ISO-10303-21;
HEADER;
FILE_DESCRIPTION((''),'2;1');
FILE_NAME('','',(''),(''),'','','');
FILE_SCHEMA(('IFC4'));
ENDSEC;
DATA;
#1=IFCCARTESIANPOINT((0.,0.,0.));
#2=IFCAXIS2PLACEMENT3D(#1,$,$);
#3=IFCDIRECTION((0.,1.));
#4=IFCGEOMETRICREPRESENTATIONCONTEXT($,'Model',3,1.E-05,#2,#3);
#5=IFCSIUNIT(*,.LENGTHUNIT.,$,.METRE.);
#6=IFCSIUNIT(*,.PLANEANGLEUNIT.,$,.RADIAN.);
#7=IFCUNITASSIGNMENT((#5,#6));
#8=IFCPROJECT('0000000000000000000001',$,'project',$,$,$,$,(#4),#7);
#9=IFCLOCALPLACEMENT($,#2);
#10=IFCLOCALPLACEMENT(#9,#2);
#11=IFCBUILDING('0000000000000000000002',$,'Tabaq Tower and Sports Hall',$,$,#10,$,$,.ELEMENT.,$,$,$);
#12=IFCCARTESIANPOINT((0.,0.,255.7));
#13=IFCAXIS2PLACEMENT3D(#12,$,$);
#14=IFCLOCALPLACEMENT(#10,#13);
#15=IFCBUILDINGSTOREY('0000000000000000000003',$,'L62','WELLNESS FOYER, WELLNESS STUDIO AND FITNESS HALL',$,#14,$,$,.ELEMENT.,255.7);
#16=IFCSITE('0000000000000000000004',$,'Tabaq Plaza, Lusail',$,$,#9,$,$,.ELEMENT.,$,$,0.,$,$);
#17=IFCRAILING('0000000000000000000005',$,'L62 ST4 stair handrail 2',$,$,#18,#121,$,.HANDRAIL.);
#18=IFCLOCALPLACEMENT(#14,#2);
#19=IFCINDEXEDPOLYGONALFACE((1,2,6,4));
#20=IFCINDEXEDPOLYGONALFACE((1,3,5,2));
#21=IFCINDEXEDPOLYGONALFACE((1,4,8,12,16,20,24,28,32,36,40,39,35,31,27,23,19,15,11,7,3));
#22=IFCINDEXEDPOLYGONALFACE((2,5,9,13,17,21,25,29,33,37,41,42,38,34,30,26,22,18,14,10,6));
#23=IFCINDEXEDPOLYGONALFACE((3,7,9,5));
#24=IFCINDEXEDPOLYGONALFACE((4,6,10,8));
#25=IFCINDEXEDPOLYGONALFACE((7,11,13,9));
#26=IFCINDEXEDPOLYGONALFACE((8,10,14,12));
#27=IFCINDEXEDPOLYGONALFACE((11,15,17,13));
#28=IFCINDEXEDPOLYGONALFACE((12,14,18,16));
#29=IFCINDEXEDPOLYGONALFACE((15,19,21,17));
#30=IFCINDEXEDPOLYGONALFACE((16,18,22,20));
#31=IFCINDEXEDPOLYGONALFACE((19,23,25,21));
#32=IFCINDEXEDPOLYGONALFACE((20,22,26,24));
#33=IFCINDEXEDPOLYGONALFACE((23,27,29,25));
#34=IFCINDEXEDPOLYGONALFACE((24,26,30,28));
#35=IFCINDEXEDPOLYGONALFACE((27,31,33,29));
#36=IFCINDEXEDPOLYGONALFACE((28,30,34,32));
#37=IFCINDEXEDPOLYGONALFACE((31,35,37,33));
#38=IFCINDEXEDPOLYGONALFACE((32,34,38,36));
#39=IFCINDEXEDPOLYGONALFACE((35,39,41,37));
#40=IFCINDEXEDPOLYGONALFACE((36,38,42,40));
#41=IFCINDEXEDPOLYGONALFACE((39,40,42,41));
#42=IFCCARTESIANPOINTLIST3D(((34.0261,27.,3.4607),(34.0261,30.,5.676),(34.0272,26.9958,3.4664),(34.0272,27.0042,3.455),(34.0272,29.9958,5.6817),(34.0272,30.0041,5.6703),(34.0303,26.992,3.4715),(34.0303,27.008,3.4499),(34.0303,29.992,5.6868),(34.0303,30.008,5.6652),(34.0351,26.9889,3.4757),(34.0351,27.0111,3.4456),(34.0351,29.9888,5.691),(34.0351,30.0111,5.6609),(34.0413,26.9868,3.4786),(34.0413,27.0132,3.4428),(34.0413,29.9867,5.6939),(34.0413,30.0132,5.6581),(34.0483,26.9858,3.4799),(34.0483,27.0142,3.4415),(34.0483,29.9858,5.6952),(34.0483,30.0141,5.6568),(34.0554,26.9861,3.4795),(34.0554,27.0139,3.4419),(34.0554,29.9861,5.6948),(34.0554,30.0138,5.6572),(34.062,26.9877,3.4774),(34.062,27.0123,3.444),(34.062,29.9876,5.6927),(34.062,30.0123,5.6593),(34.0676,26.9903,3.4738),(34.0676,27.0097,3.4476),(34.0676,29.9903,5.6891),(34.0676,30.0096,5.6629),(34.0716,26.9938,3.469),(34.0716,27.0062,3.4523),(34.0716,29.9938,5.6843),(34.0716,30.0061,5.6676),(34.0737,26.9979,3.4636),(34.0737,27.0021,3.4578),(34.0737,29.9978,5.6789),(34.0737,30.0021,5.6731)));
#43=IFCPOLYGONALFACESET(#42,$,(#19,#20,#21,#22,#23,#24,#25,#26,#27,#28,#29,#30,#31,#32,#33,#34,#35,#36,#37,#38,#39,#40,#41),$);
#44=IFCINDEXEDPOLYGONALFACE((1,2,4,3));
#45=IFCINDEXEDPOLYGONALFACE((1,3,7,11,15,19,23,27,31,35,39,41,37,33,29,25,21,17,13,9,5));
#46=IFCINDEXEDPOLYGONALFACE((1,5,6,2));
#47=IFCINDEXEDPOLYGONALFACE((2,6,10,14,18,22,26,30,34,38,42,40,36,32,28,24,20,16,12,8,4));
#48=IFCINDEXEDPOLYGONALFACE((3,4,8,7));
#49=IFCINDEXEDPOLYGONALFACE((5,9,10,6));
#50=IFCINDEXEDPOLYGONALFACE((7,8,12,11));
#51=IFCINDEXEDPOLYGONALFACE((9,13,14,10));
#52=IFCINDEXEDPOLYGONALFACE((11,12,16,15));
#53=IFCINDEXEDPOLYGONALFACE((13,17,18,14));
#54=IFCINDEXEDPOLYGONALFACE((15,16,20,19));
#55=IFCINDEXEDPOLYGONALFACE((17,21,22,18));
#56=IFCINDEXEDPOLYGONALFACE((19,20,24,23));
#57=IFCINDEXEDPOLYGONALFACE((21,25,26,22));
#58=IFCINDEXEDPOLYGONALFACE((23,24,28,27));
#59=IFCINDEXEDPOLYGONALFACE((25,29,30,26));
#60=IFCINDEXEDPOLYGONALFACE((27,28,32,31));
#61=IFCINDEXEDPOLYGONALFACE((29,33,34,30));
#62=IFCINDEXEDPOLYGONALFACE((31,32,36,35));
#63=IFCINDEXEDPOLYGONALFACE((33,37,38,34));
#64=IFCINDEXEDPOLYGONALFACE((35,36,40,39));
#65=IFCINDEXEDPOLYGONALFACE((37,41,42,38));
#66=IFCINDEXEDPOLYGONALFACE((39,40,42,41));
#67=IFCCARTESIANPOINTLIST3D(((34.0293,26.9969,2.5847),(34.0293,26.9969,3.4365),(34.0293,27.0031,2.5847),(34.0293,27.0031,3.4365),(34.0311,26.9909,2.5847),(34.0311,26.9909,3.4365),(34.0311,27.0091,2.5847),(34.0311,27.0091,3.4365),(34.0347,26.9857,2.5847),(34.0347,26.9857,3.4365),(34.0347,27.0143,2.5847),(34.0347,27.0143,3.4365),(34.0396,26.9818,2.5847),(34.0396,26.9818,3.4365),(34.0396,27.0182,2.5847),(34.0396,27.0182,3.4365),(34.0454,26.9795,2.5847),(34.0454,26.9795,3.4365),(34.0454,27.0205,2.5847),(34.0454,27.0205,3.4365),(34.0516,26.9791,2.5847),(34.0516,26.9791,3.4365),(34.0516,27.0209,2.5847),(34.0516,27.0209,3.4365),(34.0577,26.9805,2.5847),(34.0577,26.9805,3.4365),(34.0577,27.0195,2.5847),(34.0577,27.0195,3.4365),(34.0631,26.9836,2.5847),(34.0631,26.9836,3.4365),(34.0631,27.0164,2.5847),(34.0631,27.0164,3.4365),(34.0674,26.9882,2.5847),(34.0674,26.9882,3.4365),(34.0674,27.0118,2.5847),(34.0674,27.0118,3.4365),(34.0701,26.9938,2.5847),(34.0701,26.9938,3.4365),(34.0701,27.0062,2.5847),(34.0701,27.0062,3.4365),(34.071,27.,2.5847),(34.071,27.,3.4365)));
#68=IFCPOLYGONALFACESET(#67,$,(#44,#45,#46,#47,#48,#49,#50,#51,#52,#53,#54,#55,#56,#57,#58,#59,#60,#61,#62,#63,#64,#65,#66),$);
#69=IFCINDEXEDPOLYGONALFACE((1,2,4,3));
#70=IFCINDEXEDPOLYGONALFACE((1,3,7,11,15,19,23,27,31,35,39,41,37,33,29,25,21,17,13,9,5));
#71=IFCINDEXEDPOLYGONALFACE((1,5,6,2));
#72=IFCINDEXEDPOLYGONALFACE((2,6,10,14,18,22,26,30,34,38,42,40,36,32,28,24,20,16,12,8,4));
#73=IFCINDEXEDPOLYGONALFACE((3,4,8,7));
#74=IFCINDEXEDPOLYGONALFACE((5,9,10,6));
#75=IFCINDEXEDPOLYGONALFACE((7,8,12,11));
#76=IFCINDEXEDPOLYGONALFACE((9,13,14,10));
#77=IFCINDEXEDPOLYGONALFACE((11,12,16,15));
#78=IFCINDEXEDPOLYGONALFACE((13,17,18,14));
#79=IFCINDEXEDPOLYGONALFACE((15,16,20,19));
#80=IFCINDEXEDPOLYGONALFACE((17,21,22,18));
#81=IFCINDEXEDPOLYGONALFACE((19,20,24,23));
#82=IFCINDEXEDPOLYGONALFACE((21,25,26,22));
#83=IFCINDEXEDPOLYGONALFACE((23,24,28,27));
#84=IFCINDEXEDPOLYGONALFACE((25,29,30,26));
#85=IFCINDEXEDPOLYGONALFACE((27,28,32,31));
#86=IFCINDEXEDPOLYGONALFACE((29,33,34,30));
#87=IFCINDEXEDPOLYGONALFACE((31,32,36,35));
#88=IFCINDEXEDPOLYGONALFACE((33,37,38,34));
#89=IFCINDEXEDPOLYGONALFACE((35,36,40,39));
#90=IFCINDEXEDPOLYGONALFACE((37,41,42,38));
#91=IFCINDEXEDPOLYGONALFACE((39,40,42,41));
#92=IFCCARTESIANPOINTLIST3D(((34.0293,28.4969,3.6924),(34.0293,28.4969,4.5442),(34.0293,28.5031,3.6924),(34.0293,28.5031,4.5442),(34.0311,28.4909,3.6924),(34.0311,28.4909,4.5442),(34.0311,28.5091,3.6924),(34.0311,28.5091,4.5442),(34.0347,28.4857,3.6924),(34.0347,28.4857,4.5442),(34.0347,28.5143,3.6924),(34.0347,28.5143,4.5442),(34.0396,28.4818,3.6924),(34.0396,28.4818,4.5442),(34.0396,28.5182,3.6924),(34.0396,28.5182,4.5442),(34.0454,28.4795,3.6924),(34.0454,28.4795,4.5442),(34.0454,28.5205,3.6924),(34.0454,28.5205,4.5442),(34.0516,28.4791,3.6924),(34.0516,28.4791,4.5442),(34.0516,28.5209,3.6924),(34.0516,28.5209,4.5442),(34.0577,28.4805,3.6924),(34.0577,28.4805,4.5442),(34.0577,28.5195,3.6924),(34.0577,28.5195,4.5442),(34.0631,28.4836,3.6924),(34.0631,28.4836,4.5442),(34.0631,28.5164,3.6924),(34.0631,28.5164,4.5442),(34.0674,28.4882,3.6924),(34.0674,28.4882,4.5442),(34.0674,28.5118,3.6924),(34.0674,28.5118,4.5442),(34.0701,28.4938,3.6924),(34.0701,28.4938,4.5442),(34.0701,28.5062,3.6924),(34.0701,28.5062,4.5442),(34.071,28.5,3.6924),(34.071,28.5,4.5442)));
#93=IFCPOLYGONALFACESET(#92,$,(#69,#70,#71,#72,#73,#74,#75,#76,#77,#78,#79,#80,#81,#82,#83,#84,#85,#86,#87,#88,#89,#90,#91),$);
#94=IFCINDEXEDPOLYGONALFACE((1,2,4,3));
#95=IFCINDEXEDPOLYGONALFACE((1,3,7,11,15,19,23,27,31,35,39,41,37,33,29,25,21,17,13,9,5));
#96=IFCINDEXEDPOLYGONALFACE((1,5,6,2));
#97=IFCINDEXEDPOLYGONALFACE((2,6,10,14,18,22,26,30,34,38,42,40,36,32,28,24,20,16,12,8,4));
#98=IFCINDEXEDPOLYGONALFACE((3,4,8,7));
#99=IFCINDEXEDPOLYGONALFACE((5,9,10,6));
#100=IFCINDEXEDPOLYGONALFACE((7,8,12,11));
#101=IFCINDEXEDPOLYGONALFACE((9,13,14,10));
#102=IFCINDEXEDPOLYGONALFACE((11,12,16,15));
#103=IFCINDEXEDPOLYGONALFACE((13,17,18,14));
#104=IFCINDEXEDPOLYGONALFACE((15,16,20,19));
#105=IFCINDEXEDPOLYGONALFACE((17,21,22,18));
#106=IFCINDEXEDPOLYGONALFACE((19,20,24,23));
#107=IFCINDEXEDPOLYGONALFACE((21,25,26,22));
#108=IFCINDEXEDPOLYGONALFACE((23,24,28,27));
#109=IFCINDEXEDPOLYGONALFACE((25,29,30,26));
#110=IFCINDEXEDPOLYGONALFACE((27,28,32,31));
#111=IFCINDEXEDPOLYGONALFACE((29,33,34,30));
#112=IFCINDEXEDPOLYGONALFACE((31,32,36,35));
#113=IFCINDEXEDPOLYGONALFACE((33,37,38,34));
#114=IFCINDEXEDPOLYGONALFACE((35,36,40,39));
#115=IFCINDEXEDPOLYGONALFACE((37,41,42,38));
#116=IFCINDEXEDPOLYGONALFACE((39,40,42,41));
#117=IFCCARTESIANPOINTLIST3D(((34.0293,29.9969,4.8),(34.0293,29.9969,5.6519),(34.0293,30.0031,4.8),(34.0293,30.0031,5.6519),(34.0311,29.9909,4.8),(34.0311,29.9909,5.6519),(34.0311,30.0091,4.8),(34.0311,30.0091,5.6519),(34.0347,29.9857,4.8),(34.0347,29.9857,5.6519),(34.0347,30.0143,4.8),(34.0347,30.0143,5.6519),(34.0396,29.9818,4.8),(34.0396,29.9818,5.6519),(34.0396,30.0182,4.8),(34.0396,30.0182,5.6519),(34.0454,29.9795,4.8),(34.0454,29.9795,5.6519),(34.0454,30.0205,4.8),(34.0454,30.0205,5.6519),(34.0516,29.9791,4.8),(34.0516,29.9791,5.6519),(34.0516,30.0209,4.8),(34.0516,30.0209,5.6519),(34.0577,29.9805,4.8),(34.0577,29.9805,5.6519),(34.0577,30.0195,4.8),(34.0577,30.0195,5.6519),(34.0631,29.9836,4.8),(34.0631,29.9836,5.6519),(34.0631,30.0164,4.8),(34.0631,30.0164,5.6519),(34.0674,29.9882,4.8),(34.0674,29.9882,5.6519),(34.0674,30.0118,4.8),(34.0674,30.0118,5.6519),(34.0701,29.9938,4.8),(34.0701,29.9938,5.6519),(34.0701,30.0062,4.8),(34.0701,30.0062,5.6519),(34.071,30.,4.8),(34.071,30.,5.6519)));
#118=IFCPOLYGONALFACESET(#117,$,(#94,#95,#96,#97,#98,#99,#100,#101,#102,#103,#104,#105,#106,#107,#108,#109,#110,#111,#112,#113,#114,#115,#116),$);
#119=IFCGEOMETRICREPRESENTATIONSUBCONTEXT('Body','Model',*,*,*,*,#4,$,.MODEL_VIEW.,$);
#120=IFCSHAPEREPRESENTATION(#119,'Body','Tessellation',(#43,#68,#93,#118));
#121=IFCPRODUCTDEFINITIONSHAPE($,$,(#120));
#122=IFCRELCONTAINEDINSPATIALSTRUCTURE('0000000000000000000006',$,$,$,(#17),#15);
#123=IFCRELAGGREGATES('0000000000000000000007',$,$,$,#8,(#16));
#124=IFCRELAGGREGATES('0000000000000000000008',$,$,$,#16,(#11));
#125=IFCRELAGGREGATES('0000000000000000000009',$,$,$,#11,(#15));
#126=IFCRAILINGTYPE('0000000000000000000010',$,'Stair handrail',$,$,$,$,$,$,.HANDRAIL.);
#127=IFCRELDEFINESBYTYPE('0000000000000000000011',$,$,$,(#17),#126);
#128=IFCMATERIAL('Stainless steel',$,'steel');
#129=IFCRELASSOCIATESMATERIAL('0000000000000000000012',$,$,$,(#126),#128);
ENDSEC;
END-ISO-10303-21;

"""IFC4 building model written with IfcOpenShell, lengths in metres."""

from ifc_helpers import new_model, si_unit, direction, frame, origin, origin_2d, place, context, subcontext, project, spatial, circle, extrude, material, type_object, element, save


model = new_model("IFC4")

# Units and contexts
model_context = context("Model", 3, precision=1e-05, world=origin(), true_north=direction((0.0, 1.0)))
body_context = subcontext(model_context, "Body", "Model", "MODEL_VIEW")
ifc_project = project(units=[si_unit("LENGTHUNIT", "METRE"), si_unit("PLANEANGLEUNIT", "RADIAN")], contexts=[model_context])

# Site, building, storey
site_placement = place(None, origin())
site = spatial("IfcSite", under=ifc_project, at=site_placement, Name="Tabaq Plaza, Lusail", CompositionType="ELEMENT", RefElevation=0.0)
building_placement = place(site_placement, origin())
building = spatial("IfcBuilding", under=site, at=building_placement, Name="Tabaq Tower and Sports Hall", CompositionType="ELEMENT")
storey_placement = place(building_placement, frame((0.0, 0.0, 255.7)))
storey = spatial("IfcBuildingStorey", under=building, at=storey_placement, Name="L62", Description="WELLNESS FOYER, WELLNESS STUDIO AND FITNESS HALL", CompositionType="ELEMENT", Elevation=255.7)

# Railing
ifc_material_1 = material(Name="Stainless steel", Category="steel")
railing_type_1 = type_object("IfcRailingType", Name="Stair handrail", PredefinedType="HANDRAIL", material=ifc_material_1)
railing_1_placement = place(storey_placement, frame((34.05, 27.0, 2.5847)))
element("IfcRailing", 1, at=railing_1_placement, inside=storey, type_object=railing_type_1, Name="L62 ST4 stair handrail 2", PredefinedType="HANDRAIL", context=body_context, shape_type="SweptSolid", body=[
    extrude(circle(Radius=0.0239, at=origin_2d()), frame((0.0, 0.0, 0.876), z_axis=(0.0, 0.80444, 0.594034), x_axis=(-1.0, 0.0, 0.0)), (0.0, 0.0, 1.0), 3.7292),
    extrude(circle(Radius=0.021, at=origin_2d()), origin(), (0.0, 0.0, 1.0), 0.8518),
    extrude(circle(Radius=0.021, at=origin_2d()), frame((0.0, 1.5, 1.1077)), (0.0, 0.0, 1.0), 0.8518),
    extrude(circle(Radius=0.021, at=origin_2d()), frame((0.0, 3.0, 2.2153)), (0.0, 0.0, 1.0), 0.8518),
])

save(model, "model.ifc")
